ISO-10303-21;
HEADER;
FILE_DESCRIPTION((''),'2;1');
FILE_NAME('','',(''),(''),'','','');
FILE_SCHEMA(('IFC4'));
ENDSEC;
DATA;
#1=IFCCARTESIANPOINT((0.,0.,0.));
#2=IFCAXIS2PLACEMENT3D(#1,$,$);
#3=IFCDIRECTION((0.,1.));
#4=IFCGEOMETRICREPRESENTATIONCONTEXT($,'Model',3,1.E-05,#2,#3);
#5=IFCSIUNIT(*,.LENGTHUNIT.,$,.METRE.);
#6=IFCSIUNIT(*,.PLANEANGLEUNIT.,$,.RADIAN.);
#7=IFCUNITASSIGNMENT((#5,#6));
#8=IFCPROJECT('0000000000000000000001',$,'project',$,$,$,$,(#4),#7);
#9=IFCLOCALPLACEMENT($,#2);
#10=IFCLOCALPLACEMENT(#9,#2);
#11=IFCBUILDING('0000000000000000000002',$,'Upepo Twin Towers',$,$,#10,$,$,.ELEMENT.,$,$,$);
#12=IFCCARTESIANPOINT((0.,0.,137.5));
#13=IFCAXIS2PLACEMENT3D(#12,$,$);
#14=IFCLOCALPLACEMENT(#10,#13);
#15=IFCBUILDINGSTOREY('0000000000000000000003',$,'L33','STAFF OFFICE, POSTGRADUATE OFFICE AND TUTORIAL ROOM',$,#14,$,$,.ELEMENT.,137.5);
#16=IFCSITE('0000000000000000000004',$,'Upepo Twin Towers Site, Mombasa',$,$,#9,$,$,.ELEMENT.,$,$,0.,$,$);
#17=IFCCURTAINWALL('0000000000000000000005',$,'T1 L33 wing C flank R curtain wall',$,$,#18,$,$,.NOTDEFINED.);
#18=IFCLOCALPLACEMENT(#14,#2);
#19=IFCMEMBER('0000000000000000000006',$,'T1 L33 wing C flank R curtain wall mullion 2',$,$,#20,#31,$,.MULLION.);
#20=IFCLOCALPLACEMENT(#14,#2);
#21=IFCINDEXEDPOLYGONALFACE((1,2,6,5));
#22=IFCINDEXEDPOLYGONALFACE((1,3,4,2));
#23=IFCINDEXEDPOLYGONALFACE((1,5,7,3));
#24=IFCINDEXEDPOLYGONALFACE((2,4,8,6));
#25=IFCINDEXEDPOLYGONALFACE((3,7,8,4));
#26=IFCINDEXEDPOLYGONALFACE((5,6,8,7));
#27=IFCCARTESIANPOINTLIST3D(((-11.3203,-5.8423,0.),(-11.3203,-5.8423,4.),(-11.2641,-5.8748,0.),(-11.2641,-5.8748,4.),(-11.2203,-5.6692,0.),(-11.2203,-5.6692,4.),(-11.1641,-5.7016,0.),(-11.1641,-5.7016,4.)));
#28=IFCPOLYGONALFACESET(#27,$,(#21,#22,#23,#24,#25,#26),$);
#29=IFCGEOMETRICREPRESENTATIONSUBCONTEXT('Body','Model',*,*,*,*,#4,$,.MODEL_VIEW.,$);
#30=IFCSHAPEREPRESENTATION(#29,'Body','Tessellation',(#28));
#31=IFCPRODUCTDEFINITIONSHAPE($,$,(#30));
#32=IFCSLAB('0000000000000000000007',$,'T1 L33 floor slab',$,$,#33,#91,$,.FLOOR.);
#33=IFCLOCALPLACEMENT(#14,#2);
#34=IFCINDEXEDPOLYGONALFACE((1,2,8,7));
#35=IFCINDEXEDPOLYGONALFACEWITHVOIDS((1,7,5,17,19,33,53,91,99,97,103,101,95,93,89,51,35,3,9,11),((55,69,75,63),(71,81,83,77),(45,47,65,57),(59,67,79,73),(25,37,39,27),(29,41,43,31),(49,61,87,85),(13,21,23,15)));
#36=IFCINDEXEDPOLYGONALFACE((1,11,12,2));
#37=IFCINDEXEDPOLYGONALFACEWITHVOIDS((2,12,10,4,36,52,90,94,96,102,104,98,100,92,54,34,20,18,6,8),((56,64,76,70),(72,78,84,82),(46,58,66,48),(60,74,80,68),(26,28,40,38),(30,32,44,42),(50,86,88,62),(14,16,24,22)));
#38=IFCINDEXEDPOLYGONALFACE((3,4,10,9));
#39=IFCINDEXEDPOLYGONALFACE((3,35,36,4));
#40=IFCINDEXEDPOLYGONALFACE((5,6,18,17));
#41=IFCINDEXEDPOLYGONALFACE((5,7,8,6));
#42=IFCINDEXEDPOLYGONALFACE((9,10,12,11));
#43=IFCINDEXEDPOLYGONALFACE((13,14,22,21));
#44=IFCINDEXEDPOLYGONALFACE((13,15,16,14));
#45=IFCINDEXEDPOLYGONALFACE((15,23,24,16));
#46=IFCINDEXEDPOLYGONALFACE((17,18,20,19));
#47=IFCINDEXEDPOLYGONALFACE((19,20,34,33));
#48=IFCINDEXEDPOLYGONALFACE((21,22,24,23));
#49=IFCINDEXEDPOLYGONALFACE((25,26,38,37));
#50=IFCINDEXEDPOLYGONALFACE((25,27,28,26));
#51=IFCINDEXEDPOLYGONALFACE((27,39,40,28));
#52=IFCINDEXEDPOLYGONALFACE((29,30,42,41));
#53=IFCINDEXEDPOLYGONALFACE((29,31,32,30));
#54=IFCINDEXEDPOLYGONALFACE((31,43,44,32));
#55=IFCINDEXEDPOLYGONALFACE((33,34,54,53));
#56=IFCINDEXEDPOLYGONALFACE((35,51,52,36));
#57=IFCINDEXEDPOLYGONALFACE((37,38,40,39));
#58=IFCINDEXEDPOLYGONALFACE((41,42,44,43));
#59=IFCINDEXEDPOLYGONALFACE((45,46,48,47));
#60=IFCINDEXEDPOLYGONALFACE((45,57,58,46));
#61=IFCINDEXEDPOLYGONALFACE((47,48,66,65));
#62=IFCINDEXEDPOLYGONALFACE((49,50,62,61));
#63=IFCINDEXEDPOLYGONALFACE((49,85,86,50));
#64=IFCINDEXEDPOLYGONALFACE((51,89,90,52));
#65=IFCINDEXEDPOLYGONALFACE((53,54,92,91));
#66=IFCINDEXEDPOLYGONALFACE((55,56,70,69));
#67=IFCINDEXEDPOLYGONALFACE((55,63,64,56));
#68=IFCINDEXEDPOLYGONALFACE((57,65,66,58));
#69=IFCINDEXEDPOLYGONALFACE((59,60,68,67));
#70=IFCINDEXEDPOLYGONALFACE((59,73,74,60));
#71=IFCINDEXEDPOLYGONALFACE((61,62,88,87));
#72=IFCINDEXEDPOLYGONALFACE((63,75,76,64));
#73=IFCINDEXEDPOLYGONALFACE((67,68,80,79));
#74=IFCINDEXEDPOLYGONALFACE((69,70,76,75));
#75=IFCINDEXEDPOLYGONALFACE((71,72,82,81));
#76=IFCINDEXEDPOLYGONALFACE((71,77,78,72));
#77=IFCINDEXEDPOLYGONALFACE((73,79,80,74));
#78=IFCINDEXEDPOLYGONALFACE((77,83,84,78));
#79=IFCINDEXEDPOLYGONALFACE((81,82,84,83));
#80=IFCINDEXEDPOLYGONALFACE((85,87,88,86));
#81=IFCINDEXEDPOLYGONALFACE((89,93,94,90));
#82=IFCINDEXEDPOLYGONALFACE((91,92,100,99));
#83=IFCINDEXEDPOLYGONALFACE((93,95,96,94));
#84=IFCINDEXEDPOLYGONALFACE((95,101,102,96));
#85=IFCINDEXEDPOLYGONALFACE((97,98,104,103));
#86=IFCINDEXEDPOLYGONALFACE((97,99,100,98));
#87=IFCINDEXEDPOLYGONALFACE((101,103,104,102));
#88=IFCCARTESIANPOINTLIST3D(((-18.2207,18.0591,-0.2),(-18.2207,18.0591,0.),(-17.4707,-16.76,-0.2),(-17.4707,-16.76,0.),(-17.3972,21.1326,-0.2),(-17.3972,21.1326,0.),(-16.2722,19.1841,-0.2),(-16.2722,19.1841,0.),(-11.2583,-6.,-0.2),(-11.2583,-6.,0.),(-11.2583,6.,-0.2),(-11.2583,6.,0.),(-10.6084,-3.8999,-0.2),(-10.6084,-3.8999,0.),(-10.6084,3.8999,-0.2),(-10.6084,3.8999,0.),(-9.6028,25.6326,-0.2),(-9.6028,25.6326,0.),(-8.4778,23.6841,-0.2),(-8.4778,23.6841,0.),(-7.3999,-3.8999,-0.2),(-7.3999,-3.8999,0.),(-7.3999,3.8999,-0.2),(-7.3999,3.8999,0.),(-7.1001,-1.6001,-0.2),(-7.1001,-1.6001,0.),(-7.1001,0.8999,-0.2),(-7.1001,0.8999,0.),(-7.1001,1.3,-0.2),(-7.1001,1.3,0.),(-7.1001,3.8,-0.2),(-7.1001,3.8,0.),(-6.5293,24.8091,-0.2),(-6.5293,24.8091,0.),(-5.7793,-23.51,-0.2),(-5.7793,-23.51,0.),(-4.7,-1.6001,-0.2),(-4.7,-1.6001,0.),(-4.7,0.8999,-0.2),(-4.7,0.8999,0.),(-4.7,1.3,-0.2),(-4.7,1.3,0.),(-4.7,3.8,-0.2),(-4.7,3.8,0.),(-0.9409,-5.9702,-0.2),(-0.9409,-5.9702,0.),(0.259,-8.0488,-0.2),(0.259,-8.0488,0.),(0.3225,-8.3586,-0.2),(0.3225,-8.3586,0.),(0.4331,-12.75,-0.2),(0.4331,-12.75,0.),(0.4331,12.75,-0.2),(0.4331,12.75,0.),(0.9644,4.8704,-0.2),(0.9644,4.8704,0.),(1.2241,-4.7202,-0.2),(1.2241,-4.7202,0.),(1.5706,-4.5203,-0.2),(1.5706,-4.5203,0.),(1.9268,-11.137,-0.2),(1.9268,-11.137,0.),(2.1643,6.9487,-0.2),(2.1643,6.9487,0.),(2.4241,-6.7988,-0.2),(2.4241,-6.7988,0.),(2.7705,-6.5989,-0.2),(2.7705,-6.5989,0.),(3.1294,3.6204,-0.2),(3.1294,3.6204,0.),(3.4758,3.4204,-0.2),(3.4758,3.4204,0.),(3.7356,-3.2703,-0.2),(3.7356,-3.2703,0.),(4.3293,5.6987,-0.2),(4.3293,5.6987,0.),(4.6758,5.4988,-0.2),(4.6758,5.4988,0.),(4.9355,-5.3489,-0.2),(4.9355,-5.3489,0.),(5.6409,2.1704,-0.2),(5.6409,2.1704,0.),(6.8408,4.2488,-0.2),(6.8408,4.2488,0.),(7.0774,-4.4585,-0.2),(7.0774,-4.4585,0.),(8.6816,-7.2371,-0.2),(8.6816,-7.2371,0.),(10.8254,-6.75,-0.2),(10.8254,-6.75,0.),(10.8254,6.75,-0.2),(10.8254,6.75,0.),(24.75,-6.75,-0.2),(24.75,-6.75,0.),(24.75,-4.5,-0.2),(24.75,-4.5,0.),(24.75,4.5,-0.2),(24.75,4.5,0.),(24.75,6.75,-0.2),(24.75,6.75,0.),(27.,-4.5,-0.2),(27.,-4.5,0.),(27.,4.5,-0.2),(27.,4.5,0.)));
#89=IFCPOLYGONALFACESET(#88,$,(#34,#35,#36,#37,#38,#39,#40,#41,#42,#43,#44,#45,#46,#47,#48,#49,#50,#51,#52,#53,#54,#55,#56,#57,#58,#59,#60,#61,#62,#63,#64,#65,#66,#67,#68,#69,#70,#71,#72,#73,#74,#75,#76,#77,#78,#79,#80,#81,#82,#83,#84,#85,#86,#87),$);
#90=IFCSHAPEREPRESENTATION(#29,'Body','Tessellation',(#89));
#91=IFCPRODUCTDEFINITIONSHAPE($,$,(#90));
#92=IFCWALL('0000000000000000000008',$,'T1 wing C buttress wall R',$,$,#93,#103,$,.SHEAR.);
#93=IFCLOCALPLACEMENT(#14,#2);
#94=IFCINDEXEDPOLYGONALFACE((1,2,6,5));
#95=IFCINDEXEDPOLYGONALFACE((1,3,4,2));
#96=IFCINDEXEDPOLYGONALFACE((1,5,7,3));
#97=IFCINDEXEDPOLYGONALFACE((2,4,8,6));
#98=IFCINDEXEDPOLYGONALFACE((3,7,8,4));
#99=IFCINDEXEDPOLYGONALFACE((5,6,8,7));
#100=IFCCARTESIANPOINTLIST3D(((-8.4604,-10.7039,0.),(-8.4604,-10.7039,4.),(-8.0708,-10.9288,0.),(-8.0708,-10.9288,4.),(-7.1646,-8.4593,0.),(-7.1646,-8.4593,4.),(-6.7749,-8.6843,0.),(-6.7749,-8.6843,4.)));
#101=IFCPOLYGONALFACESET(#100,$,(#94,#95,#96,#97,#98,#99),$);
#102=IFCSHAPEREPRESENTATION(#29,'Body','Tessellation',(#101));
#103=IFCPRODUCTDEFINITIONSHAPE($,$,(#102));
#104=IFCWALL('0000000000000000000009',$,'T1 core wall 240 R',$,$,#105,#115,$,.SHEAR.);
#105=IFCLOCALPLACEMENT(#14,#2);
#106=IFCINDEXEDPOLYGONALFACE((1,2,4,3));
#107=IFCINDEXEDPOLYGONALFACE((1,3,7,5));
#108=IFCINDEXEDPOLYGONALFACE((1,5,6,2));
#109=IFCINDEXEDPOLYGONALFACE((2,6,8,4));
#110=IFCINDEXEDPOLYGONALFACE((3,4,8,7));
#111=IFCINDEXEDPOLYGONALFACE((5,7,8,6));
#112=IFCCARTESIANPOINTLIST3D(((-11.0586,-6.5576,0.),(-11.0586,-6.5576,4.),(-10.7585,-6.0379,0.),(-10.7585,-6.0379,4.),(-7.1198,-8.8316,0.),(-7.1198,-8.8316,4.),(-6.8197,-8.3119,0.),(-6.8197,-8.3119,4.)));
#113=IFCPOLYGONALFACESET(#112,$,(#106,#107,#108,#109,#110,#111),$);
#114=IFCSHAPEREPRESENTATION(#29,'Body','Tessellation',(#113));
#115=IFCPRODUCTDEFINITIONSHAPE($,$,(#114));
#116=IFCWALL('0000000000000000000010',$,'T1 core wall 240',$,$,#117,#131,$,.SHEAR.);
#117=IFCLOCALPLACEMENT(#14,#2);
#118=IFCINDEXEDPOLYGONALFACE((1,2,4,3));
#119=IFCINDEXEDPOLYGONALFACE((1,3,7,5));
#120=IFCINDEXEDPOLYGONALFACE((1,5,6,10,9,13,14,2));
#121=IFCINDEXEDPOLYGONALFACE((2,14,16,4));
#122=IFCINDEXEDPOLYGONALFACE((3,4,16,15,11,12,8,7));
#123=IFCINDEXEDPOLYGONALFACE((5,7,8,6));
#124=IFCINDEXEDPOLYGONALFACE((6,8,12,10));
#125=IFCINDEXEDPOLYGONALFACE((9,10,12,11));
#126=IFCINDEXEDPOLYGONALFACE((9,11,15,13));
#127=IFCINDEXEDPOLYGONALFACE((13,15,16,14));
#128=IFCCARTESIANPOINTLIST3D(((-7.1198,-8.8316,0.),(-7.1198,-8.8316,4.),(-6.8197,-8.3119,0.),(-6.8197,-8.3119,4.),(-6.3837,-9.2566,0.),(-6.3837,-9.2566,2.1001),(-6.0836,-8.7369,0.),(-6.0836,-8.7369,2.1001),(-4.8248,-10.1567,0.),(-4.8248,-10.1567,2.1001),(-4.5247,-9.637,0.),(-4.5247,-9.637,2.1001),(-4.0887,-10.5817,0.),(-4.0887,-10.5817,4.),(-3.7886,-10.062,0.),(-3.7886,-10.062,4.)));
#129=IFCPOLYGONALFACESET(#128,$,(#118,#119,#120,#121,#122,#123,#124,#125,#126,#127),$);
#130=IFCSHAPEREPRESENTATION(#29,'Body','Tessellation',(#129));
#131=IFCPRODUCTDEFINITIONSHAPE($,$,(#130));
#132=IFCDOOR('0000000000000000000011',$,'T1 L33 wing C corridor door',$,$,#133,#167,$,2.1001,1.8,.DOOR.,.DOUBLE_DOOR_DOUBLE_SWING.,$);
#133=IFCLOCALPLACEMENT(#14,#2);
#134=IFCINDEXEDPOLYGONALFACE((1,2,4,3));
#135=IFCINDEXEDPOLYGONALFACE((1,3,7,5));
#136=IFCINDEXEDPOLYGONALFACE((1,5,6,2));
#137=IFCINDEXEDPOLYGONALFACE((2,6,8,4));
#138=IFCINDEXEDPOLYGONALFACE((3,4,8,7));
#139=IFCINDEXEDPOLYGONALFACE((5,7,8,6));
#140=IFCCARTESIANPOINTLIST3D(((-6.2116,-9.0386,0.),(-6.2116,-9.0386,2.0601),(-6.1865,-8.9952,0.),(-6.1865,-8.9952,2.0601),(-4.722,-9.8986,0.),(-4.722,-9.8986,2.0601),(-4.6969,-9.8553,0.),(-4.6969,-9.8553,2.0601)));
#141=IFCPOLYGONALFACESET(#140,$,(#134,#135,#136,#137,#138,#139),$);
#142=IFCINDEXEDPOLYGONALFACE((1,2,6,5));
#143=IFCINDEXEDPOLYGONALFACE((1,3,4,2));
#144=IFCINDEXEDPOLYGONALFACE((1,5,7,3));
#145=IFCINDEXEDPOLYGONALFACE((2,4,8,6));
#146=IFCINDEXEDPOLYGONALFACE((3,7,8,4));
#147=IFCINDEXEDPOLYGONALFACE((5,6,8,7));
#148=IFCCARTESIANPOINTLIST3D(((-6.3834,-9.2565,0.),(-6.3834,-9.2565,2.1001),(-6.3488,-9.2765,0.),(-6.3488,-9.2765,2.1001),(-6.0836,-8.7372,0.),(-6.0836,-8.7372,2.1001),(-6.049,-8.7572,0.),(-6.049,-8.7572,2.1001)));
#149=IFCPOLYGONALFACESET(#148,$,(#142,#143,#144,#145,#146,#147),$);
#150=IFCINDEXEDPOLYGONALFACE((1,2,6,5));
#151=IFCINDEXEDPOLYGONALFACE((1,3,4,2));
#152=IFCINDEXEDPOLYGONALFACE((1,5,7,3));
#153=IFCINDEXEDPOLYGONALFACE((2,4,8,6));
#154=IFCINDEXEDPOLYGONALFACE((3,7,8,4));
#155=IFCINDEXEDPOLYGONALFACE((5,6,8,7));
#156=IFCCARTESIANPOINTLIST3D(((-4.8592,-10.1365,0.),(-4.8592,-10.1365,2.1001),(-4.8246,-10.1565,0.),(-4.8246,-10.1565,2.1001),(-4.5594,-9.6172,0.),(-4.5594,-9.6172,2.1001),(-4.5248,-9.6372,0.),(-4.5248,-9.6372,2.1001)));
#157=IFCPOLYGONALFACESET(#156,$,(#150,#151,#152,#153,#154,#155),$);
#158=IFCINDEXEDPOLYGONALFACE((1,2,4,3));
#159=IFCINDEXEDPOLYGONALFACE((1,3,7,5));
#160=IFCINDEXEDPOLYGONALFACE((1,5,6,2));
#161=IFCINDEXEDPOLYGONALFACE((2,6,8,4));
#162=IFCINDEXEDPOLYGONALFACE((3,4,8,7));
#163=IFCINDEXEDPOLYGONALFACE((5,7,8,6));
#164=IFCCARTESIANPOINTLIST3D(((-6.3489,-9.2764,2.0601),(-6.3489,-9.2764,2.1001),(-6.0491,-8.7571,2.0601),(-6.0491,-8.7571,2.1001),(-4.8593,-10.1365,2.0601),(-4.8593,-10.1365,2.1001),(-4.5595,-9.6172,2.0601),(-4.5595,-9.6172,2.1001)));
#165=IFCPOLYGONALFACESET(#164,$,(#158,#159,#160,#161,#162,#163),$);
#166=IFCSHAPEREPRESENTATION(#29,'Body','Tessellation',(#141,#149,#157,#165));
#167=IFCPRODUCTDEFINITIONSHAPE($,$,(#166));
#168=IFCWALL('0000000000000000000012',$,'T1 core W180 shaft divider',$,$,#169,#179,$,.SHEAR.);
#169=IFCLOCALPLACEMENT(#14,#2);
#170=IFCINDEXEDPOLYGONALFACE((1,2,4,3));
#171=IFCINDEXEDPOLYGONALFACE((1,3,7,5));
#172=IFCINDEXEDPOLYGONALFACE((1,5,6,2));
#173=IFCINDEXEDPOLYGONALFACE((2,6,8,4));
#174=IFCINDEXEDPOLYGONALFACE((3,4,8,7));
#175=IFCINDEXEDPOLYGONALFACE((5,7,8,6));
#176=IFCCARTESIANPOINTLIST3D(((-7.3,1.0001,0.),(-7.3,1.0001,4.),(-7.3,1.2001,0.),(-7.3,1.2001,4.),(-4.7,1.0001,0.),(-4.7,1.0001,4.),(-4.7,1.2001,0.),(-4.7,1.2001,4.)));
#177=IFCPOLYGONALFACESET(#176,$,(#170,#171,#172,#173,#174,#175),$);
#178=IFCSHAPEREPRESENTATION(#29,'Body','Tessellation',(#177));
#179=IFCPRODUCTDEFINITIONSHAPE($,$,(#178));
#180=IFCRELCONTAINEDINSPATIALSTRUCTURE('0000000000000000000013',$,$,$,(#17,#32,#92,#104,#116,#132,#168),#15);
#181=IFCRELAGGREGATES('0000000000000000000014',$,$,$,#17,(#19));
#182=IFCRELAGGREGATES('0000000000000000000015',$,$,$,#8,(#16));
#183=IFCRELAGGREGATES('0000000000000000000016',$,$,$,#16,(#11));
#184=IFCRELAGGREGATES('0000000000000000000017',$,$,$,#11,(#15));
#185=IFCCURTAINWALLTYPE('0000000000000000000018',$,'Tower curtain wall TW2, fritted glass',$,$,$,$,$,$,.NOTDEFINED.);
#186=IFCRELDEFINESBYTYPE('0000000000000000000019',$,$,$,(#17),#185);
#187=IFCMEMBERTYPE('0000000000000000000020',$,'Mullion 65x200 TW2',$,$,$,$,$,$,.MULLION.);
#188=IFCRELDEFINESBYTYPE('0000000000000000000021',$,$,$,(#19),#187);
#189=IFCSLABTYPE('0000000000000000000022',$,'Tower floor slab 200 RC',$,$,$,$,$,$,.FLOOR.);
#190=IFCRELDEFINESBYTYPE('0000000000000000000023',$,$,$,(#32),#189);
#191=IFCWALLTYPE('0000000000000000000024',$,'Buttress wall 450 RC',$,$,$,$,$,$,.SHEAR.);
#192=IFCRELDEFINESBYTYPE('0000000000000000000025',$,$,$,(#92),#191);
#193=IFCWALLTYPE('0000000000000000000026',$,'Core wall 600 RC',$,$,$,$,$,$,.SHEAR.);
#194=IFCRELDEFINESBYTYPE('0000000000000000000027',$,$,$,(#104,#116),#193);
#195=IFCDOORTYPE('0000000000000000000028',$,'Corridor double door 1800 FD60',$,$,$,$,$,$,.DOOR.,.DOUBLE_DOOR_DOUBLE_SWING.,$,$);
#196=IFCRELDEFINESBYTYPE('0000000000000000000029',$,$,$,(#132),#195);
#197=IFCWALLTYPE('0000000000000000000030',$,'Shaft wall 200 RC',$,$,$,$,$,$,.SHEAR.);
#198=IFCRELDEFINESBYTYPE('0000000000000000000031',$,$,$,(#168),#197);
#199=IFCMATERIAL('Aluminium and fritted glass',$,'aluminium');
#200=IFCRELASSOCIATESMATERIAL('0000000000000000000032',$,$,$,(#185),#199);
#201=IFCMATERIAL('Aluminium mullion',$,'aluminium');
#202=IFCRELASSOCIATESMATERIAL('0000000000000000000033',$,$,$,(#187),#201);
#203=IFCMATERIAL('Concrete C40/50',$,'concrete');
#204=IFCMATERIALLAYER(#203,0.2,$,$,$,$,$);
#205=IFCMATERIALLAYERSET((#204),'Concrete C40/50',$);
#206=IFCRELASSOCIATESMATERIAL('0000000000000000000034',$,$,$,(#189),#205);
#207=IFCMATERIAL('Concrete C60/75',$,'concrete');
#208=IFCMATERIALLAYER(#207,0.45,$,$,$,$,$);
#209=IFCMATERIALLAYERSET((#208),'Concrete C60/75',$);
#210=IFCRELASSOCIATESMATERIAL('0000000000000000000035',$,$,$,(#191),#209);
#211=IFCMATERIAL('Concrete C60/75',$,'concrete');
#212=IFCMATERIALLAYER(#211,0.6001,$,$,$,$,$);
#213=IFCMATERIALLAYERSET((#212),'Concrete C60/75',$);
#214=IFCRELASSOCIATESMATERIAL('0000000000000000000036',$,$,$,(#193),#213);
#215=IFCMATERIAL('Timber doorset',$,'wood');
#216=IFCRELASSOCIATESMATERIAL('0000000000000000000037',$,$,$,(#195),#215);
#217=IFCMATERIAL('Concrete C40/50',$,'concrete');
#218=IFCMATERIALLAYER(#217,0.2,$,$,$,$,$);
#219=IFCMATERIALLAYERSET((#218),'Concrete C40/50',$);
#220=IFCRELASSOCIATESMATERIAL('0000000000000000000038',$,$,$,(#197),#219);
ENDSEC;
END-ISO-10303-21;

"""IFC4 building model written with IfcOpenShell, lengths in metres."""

from ifc_helpers import new_model, si_unit, direction, frame, frame_2d, origin, origin_2d, place, context, subcontext, project, spatial, polyline, rectangle, outline, extrude, material, layer, layer_set, material_profile, profile_set, type_object, element, fill, aggregate, save


model = new_model("IFC4")

# Units and contexts
model_context = context("Model", 3, precision=1e-05, world=origin(), true_north=direction((0.0, 1.0)))
body_context = subcontext(model_context, "Body", "Model", "MODEL_VIEW")
ifc_project = project(units=[si_unit("LENGTHUNIT", "METRE"), si_unit("PLANEANGLEUNIT", "RADIAN")], contexts=[model_context])

# Site, building, storey
site_placement = place(None, origin())
site = spatial("IfcSite", under=ifc_project, at=site_placement, Name="Upepo Twin Towers Site, Mombasa", CompositionType="ELEMENT", RefElevation=0.0)
building_placement = place(site_placement, origin())
building = spatial("IfcBuilding", under=site, at=building_placement, Name="Upepo Twin Towers", CompositionType="ELEMENT")
storey_placement = place(building_placement, frame((0.0, 0.0, 137.5)))
storey = spatial("IfcBuildingStorey", under=building, at=storey_placement, Name="L33", Description="STAFF OFFICE, POSTGRADUATE OFFICE AND TUTORIAL ROOM", CompositionType="ELEMENT", Elevation=137.5)

# Curtain wall, member
ifc_material_1 = material(Name="Aluminium and fritted glass", Category="aluminium")
curtain_wall_type = type_object("IfcCurtainWallType", Name="Tower curtain wall TW2, fritted glass", PredefinedType="NOTDEFINED", material=ifc_material_1)
curtain_wall_placement = place(storey_placement, origin())
curtain_wall = element("IfcCurtainWall", 1, at=curtain_wall_placement, inside=storey, type_object=curtain_wall_type, Name="T1 L33 wing C flank R curtain wall", PredefinedType="NOTDEFINED")
ifc_material_2 = material(Name="Aluminium mullion", Category="aluminium")
ifc_material_profile = material_profile(ifc_material_2, rectangle(XDim=0.0649, YDim=0.2, at=origin_2d()), Name="MULLION 65x200")
ifc_profile_set = profile_set([ifc_material_profile], Name="Aluminium mullion")
member_type = type_object("IfcMemberType", Name="Mullion 65x200 TW2", PredefinedType="MULLION", material=ifc_profile_set)
member_placement = place(storey_placement, frame((-11.2422, -5.772, 0.0), z_axis=(0.0, 0.0, 1.0), x_axis=(-0.866025, 0.5, 0.0)))
member = element("IfcMember", 2, at=member_placement, type_object=member_type, Name="T1 L33 wing C flank R curtain wall mullion 2", PredefinedType="MULLION", context=body_context, shape_type="SweptSolid", body=[
    extrude(rectangle(XDim=0.0649, YDim=0.2, at=origin_2d()), origin(), (0.0, 0.0, 1.0), 4.0),
])
aggregate(curtain_wall, [member])

# Slab
ifc_material_3 = material(Name="Concrete C40/50", Category="concrete")
ifc_layer_1 = layer(ifc_material_3, 0.2)
ifc_layer_set_1 = layer_set([ifc_layer_1], Name="Concrete C40/50")
slab_type = type_object("IfcSlabType", Name="Tower floor slab 200 RC", PredefinedType="FLOOR", material=ifc_layer_set_1)
slab_placement = place(storey_placement, frame((0.0, 0.0, -0.2)))
element("IfcSlab", 3, at=slab_placement, inside=storey, type_object=slab_type, Name="T1 L33 floor slab", PredefinedType="FLOOR", context=body_context, shape_type="SweptSolid", body=[
    extrude(outline(polyline([(-17.4707, -16.76), (-11.2583, -6.0), (-11.2583, 6.0), (-18.2207, 18.0591), (-16.2722, 19.1841), (-17.3972, 21.1326), (-9.6028, 25.6326), (-8.4778, 23.6841), (-6.5293, 24.8091), (0.4331, 12.75), (10.8254, 6.75), (24.75, 6.75), (24.75, 4.5), (27.0, 4.5), (27.0, -4.5), (24.75, -4.5), (24.75, -6.75), (10.8254, -6.75), (0.4331, -12.75), (-5.7793, -23.51), (-17.4707, -16.76)]), holes=[polyline([(5.6409, 2.1704), (6.8408, 4.2488), (4.6758, 5.4988), (3.4758, 3.4204), (5.6409, 2.1704)]), polyline([(3.1294, 3.6204), (4.3293, 5.6987), (2.1643, 6.9487), (0.9644, 4.8704), (3.1294, 3.6204)]), polyline([(-4.7, 3.8), (-7.1001, 3.8), (-7.1001, 1.3), (-4.7, 1.3), (-4.7, 3.8)]), polyline([(-4.7, 0.8999), (-7.1001, 0.8999), (-7.1001, -1.6001), (-4.7, -1.6001), (-4.7, 0.8999)]), polyline([(-7.3999, 3.8999), (-10.6084, 3.8999), (-10.6084, -3.8999), (-7.3999, -3.8999), (-7.3999, 3.8999)]), polyline([(-0.9409, -5.9702), (0.259, -8.0488), (2.4241, -6.7988), (1.2241, -4.7202), (-0.9409, -5.9702)]), polyline([(1.5706, -4.5203), (2.7705, -6.5989), (4.9355, -5.3489), (3.7356, -3.2703), (1.5706, -4.5203)]), polyline([(0.3225, -8.3586), (1.9268, -11.137), (8.6816, -7.2371), (7.0774, -4.4585), (0.3225, -8.3586)])]), origin(), (0.0, 0.0, 1.0), 0.2),
])

# Walls
ifc_material_4 = material(Name="Concrete C60/75", Category="concrete")
ifc_layer_2 = layer(ifc_material_4, 0.45)
ifc_layer_set_2 = layer_set([ifc_layer_2], Name="Concrete C60/75")
wall_type_1 = type_object("IfcWallType", Name="Buttress wall 450 RC", PredefinedType="SHEAR", material=ifc_layer_set_2)
wall_1_placement = place(storey_placement, frame((-6.9697, -8.5718, 0.0), z_axis=(0.0, 0.0, 1.0), x_axis=(-0.499989, -0.866032, 0.0)))
element("IfcWall", 4, at=wall_1_placement, inside=storey, type_object=wall_type_1, Name="T1 wing C buttress wall R", PredefinedType="SHEAR", context=body_context, shape_type="SweptSolid", body=[
    extrude(rectangle(XDim=2.5918, YDim=0.45, at=frame_2d((1.2959, 0.0))), origin(), (0.0, 0.0, 1.0), 4.0),
])
ifc_material_5 = material(Name="Concrete C60/75", Category="concrete")
ifc_layer_3 = layer(ifc_material_5, 0.6001)
ifc_layer_set_3 = layer_set([ifc_layer_3], Name="Concrete C60/75")
wall_type_2 = type_object("IfcWallType", Name="Core wall 600 RC", PredefinedType="SHEAR", material=ifc_layer_set_3)
wall_2_placement = place(storey_placement, frame((-10.9084, -6.2979, 0.0), z_axis=(0.0, 0.0, 1.0), x_axis=(0.866035, -0.499984, 0.0)))
element("IfcWall", 5, at=wall_2_placement, inside=storey, type_object=wall_type_2, Name="T1 core wall 240 R", PredefinedType="SHEAR", context=body_context, shape_type="SweptSolid", body=[
    extrude(rectangle(XDim=4.5481, YDim=0.6001, at=frame_2d((2.2739, 0.0))), origin(), (0.0, 0.0, 1.0), 4.0),
])

# Wall, opening, door
wall_3_placement = place(storey_placement, frame((-6.9697, -8.5718, 0.0), z_axis=(0.0, 0.0, 1.0), x_axis=(0.866019, -0.50001, 0.0)))
wall_3 = element("IfcWall", 6, at=wall_3_placement, inside=storey, type_object=wall_type_2, Name="T1 core wall 240", PredefinedType="SHEAR", context=body_context, shape_type="SweptSolid", body=[
    extrude(rectangle(XDim=3.5, YDim=0.6001, at=frame_2d((1.75, 0.0))), origin(), (0.0, 0.0, 1.0), 4.0),
])
opening_1_placement = place(wall_3_placement, frame((0.8501, 0.0, 0.0)))
opening_1 = element("IfcOpeningElement", 7, at=opening_1_placement, cuts=wall_3, PredefinedType="OPENING", context=body_context, shape_type="SweptSolid", body=[
    extrude(rectangle(XDim=1.8, YDim=2.1001, at=frame_2d((0.8999, 1.05))), frame((0.0, 0.3101, 0.0), z_axis=(0.0, -1.0, 0.0), x_axis=(1.0, 0.0, 0.0)), (0.0, 0.0, 1.0), 0.6201),
])
ifc_material_6 = material(Name="Timber doorset", Category="wood")
door_type_1 = type_object("IfcDoorType", Name="Corridor double door 1800 FD60", OperationType="DOUBLE_DOOR_DOUBLE_SWING", PredefinedType="DOOR", material=ifc_material_6)
door_1_placement = place(opening_1_placement, origin())
door_1 = element("IfcDoor", 8, at=door_1_placement, inside=storey, type_object=door_type_1, Name="T1 L33 wing C corridor door", OperationType="DOUBLE_DOOR_DOUBLE_SWING", OverallHeight=2.1001, OverallWidth=1.8, PredefinedType="DOOR", context=body_context, shape_type="SweptSolid", body=[
    extrude(rectangle(XDim=1.72, YDim=2.0601, at=frame_2d((0.8999, 1.03))), frame((0.0, 0.0249, 0.0), z_axis=(0.0, -1.0, 0.0), x_axis=(1.0, 0.0, 0.0)), (0.0, 0.0, 1.0), 0.05),
    extrude(rectangle(XDim=0.04, YDim=2.1001, at=frame_2d((0.02, 1.05))), frame((0.0, 0.2998, 0.0), z_axis=(0.0, -1.0, 0.0), x_axis=(1.0, 0.0, 0.0)), (0.0, 0.0, 1.0), 0.5996),
    extrude(rectangle(XDim=0.04, YDim=2.1001, at=frame_2d((1.78, 1.05))), frame((0.0, 0.2998, 0.0), z_axis=(0.0, -1.0, 0.0), x_axis=(1.0, 0.0, 0.0)), (0.0, 0.0, 1.0), 0.5996),
    extrude(rectangle(XDim=1.72, YDim=0.04, at=frame_2d((0.8999, 2.0801))), frame((0.0, 0.2998, 0.0), z_axis=(0.0, -1.0, 0.0), x_axis=(1.0, 0.0, 0.0)), (0.0, 0.0, 1.0), 0.5996),
])
fill(opening_1, door_1)

# Wall
ifc_material_7 = material(Name="Concrete C40/50", Category="concrete")
ifc_layer_4 = layer(ifc_material_7, 0.2)
ifc_layer_set_4 = layer_set([ifc_layer_4], Name="Concrete C40/50")
wall_type_3 = type_object("IfcWallType", Name="Shaft wall 200 RC", PredefinedType="SHEAR", material=ifc_layer_set_4)
wall_4_placement = place(storey_placement, frame((-4.7, 1.1001, 0.0), z_axis=(0.0, 0.0, 1.0), x_axis=(-1.0, 0.0, 0.0)))
element("IfcWall", 9, at=wall_4_placement, inside=storey, type_object=wall_type_3, Name="T1 core W180 shaft divider", PredefinedType="SHEAR", context=body_context, shape_type="SweptSolid", body=[
    extrude(rectangle(XDim=2.6001, YDim=0.2, at=frame_2d((1.3, 0.0))), origin(), (0.0, 0.0, 1.0), 4.0),
])

save(model, "model.ifc")
